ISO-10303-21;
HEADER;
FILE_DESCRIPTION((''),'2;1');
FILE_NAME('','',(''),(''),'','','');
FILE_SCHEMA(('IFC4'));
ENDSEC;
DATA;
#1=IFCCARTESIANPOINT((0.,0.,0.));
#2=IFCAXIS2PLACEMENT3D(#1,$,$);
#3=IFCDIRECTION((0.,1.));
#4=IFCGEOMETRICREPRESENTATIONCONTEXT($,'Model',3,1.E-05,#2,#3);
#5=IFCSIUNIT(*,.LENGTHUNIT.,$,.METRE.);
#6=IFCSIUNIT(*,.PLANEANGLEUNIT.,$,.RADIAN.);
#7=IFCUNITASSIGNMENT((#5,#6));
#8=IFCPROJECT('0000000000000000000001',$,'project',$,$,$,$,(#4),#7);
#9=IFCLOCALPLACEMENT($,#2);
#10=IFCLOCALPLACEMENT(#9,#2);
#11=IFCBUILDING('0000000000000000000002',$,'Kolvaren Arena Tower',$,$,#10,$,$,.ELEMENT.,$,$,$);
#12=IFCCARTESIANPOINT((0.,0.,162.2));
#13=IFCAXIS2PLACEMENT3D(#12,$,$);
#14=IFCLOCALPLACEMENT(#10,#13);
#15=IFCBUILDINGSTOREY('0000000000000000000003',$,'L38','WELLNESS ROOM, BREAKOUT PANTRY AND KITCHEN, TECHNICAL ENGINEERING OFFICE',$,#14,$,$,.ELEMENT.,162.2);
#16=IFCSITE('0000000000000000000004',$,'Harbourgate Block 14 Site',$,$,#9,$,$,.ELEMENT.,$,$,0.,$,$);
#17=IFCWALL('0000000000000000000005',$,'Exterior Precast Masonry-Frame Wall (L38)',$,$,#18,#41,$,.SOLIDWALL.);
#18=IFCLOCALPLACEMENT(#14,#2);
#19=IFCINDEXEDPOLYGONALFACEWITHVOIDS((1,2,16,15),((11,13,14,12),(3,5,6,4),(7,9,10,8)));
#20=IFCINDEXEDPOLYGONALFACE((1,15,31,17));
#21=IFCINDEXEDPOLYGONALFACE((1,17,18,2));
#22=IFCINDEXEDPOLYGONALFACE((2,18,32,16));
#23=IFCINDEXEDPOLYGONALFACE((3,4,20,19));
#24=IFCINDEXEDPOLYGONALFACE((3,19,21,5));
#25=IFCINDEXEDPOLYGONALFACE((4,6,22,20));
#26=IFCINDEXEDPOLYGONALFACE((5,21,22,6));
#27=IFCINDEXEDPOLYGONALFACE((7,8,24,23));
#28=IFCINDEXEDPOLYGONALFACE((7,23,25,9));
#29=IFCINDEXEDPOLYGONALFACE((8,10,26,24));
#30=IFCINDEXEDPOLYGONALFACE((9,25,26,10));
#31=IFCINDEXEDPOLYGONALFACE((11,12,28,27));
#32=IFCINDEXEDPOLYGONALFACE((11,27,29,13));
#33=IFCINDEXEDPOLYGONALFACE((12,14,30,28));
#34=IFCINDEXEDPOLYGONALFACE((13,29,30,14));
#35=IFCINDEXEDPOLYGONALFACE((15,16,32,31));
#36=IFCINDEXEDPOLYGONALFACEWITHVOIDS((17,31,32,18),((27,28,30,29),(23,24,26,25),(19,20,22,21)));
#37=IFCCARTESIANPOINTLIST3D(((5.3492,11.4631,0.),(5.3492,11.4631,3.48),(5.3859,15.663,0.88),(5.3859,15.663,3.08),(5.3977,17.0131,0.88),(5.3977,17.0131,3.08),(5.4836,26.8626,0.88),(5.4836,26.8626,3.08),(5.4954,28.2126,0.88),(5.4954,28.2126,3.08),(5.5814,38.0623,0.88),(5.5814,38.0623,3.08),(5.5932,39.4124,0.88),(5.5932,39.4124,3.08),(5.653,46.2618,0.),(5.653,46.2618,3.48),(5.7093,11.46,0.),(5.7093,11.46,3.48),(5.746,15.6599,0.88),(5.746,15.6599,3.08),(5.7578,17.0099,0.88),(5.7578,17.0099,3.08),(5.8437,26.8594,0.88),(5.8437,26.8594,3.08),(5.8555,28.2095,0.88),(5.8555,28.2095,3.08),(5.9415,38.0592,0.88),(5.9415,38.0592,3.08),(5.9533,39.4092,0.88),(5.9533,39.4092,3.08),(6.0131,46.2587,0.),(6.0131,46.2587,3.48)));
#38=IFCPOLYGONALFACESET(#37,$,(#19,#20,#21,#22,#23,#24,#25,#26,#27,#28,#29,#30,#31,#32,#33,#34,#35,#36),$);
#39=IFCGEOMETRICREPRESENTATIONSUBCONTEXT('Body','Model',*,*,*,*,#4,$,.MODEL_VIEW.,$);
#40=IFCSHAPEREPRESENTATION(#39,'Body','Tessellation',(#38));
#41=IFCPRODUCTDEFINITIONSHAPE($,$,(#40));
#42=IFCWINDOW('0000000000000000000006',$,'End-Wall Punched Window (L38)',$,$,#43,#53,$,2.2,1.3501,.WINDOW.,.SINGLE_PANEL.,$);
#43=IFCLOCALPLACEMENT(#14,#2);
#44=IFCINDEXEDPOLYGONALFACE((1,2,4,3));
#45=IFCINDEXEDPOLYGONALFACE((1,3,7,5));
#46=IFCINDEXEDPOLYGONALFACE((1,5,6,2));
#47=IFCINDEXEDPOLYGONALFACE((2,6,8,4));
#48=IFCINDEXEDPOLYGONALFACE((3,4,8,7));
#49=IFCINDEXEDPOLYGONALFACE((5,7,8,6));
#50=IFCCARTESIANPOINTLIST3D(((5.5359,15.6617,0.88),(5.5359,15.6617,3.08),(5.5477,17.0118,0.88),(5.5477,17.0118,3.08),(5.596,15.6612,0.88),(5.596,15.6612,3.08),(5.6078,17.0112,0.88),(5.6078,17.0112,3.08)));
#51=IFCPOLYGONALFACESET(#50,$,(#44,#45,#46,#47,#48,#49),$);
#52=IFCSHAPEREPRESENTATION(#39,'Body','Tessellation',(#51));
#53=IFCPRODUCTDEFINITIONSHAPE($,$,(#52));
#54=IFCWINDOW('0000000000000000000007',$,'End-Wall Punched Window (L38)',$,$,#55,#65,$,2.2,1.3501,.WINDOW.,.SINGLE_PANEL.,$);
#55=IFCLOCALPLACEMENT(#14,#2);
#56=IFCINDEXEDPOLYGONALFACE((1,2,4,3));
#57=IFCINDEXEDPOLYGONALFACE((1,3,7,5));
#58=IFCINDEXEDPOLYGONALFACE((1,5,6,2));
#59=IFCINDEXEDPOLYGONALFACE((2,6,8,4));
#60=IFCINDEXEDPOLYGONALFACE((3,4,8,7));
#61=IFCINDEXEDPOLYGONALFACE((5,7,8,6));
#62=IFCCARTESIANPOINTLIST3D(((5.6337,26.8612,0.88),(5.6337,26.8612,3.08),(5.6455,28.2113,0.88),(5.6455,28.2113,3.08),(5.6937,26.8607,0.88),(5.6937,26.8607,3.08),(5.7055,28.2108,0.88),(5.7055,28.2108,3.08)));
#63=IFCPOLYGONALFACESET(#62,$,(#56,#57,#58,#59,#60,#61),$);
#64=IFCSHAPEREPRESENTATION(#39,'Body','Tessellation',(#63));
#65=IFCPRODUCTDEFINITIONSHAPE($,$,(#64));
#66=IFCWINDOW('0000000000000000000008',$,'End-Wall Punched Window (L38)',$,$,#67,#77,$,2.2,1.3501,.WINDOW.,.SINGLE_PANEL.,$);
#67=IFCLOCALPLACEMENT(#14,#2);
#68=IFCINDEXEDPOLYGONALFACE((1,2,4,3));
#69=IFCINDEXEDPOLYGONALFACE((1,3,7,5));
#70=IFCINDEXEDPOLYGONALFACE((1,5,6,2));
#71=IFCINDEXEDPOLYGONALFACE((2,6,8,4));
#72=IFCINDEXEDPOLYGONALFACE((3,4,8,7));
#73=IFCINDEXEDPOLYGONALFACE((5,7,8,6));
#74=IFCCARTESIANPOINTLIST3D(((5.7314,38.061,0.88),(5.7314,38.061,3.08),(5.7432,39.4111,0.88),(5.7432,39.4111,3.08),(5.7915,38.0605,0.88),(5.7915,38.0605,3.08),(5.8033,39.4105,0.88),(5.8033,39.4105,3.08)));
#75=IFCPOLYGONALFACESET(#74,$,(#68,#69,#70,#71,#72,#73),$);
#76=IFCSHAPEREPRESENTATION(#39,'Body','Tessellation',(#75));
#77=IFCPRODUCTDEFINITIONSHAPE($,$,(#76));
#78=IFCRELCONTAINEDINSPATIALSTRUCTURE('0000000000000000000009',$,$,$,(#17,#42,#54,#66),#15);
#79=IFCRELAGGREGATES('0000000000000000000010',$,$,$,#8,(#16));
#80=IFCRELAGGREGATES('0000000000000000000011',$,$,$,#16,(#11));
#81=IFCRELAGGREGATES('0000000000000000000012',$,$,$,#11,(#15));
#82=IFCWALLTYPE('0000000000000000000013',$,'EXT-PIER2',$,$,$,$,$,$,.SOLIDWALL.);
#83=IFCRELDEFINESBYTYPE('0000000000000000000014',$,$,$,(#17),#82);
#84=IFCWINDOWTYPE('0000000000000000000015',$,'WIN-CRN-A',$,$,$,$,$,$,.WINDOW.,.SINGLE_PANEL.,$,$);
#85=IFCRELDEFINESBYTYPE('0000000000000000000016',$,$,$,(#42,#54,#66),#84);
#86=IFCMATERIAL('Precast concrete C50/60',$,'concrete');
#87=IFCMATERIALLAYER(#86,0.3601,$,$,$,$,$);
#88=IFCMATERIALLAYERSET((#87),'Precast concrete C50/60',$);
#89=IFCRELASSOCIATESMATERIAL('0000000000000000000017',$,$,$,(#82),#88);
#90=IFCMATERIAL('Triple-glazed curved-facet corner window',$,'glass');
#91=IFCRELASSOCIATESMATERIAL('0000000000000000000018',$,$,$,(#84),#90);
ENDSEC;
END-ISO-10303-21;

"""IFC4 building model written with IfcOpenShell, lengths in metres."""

from ifc_helpers import new_model, si_unit, direction, frame, frame_2d, origin, place, context, subcontext, project, spatial, rectangle, extrude, material, layer, layer_set, type_object, element, fill, save


model = new_model("IFC4")

# Units and contexts
model_context = context("Model", 3, precision=1e-05, world=origin(), true_north=direction((0.0, 1.0)))
body_context = subcontext(model_context, "Body", "Model", "MODEL_VIEW")
ifc_project = project(units=[si_unit("LENGTHUNIT", "METRE"), si_unit("PLANEANGLEUNIT", "RADIAN")], contexts=[model_context])

# Site, building, storey
site_placement = place(None, origin())
site = spatial("IfcSite", under=ifc_project, at=site_placement, Name="Harbourgate Block 14 Site", CompositionType="ELEMENT", RefElevation=0.0)
building_placement = place(site_placement, origin())
building = spatial("IfcBuilding", under=site, at=building_placement, Name="Kolvaren Arena Tower", CompositionType="ELEMENT")
storey_placement = place(building_placement, frame((0.0, 0.0, 162.2)))
storey = spatial("IfcBuildingStorey", under=building, at=storey_placement, Name="L38", Description="WELLNESS ROOM, BREAKOUT PANTRY AND KITCHEN, TECHNICAL ENGINEERING OFFICE", CompositionType="ELEMENT", Elevation=162.2)

# Wall, openings, windows
ifc_material_1 = material(Name="Precast concrete C50/60", Category="concrete")
ifc_layer_1 = layer(ifc_material_1, 0.3601)
ifc_layer_set_1 = layer_set([ifc_layer_1], Name="Precast concrete C50/60")
wall_type_1 = type_object("IfcWallType", Name="EXT-PIER2", PredefinedType="SOLIDWALL", material=ifc_layer_set_1)
wall_1_placement = place(storey_placement, frame((5.5293, 11.4617, 0.0), z_axis=(0.0, 0.0, 1.0), x_axis=(0.008727, 0.999962, 0.0)))
wall_1 = element("IfcWall", 1, at=wall_1_placement, inside=storey, type_object=wall_type_1, Name="Exterior Precast Masonry-Frame Wall (L38)", PredefinedType="SOLIDWALL", context=body_context, shape_type="SweptSolid", body=[
    extrude(rectangle(XDim=34.8, YDim=0.3601, at=frame_2d((17.3999, 0.0))), origin(), (0.0, 0.0, 1.0), 3.48),
])
opening_1_placement = place(wall_1_placement, frame((4.2, 0.0, 0.8799)))
opening_1 = element("IfcOpeningElement", 2, at=opening_1_placement, cuts=wall_1, PredefinedType="OPENING", context=body_context, shape_type="SweptSolid", body=[
    extrude(rectangle(XDim=1.3501, YDim=2.2, at=frame_2d((0.675, 1.1001))), frame((0.0, 0.1899, 0.0), z_axis=(0.0, -1.0, 0.0), x_axis=(1.0, 0.0, 0.0)), (0.0, 0.0, 1.0), 0.3801),
])
opening_2_placement = place(wall_1_placement, frame((15.3999, 0.0, 0.8799)))
opening_2 = element("IfcOpeningElement", 3, at=opening_2_placement, cuts=wall_1, PredefinedType="OPENING", context=body_context, shape_type="SweptSolid", body=[
    extrude(rectangle(XDim=1.3501, YDim=2.2, at=frame_2d((0.675, 1.1001))), frame((0.0, 0.1899, 0.0), z_axis=(0.0, -1.0, 0.0), x_axis=(1.0, 0.0, 0.0)), (0.0, 0.0, 1.0), 0.3801),
])
opening_3_placement = place(wall_1_placement, frame((26.6001, 0.0, 0.8799)))
opening_3 = element("IfcOpeningElement", 4, at=opening_3_placement, cuts=wall_1, PredefinedType="OPENING", context=body_context, shape_type="SweptSolid", body=[
    extrude(rectangle(XDim=1.3501, YDim=2.2, at=frame_2d((0.675, 1.1001))), frame((0.0, 0.1899, 0.0), z_axis=(0.0, -1.0, 0.0), x_axis=(1.0, 0.0, 0.0)), (0.0, 0.0, 1.0), 0.3801),
])
ifc_material_2 = material(Name="Triple-glazed curved-facet corner window", Category="glass")
window_type = type_object("IfcWindowType", Name="WIN-CRN-A", PartitioningType="SINGLE_PANEL", PredefinedType="WINDOW", material=ifc_material_2)
window_1_placement = place(opening_1_placement, origin())
window_1 = element("IfcWindow", 5, at=window_1_placement, inside=storey, type_object=window_type, Name="End-Wall Punched Window (L38)", OverallHeight=2.2, OverallWidth=1.3501, PartitioningType="SINGLE_PANEL", PredefinedType="WINDOW", context=body_context, shape_type="SweptSolid", body=[
    extrude(rectangle(XDim=1.3501, YDim=2.2, at=frame_2d((0.675, 1.1001))), frame((0.0, 0.03, 0.0), z_axis=(0.0, -1.0, 0.0), x_axis=(1.0, 0.0, 0.0)), (0.0, 0.0, 1.0), 0.0601),
])
fill(opening_1, window_1)
window_2_placement = place(opening_2_placement, origin())
window_2 = element("IfcWindow", 6, at=window_2_placement, inside=storey, type_object=window_type, Name="End-Wall Punched Window (L38)", OverallHeight=2.2, OverallWidth=1.3501, PartitioningType="SINGLE_PANEL", PredefinedType="WINDOW", context=body_context, shape_type="SweptSolid", body=[
    extrude(rectangle(XDim=1.3501, YDim=2.2, at=frame_2d((0.675, 1.1001))), frame((0.0, 0.03, 0.0), z_axis=(0.0, -1.0, 0.0), x_axis=(1.0, 0.0, 0.0)), (0.0, 0.0, 1.0), 0.0601),
])
fill(opening_2, window_2)
window_3_placement = place(opening_3_placement, origin())
window_3 = element("IfcWindow", 7, at=window_3_placement, inside=storey, type_object=window_type, Name="End-Wall Punched Window (L38)", OverallHeight=2.2, OverallWidth=1.3501, PartitioningType="SINGLE_PANEL", PredefinedType="WINDOW", context=body_context, shape_type="SweptSolid", body=[
    extrude(rectangle(XDim=1.3501, YDim=2.2, at=frame_2d((0.675, 1.1001))), frame((0.0, 0.03, 0.0), z_axis=(0.0, -1.0, 0.0), x_axis=(1.0, 0.0, 0.0)), (0.0, 0.0, 1.0), 0.0601),
])
fill(opening_3, window_3)

save(model, "model.ifc")
